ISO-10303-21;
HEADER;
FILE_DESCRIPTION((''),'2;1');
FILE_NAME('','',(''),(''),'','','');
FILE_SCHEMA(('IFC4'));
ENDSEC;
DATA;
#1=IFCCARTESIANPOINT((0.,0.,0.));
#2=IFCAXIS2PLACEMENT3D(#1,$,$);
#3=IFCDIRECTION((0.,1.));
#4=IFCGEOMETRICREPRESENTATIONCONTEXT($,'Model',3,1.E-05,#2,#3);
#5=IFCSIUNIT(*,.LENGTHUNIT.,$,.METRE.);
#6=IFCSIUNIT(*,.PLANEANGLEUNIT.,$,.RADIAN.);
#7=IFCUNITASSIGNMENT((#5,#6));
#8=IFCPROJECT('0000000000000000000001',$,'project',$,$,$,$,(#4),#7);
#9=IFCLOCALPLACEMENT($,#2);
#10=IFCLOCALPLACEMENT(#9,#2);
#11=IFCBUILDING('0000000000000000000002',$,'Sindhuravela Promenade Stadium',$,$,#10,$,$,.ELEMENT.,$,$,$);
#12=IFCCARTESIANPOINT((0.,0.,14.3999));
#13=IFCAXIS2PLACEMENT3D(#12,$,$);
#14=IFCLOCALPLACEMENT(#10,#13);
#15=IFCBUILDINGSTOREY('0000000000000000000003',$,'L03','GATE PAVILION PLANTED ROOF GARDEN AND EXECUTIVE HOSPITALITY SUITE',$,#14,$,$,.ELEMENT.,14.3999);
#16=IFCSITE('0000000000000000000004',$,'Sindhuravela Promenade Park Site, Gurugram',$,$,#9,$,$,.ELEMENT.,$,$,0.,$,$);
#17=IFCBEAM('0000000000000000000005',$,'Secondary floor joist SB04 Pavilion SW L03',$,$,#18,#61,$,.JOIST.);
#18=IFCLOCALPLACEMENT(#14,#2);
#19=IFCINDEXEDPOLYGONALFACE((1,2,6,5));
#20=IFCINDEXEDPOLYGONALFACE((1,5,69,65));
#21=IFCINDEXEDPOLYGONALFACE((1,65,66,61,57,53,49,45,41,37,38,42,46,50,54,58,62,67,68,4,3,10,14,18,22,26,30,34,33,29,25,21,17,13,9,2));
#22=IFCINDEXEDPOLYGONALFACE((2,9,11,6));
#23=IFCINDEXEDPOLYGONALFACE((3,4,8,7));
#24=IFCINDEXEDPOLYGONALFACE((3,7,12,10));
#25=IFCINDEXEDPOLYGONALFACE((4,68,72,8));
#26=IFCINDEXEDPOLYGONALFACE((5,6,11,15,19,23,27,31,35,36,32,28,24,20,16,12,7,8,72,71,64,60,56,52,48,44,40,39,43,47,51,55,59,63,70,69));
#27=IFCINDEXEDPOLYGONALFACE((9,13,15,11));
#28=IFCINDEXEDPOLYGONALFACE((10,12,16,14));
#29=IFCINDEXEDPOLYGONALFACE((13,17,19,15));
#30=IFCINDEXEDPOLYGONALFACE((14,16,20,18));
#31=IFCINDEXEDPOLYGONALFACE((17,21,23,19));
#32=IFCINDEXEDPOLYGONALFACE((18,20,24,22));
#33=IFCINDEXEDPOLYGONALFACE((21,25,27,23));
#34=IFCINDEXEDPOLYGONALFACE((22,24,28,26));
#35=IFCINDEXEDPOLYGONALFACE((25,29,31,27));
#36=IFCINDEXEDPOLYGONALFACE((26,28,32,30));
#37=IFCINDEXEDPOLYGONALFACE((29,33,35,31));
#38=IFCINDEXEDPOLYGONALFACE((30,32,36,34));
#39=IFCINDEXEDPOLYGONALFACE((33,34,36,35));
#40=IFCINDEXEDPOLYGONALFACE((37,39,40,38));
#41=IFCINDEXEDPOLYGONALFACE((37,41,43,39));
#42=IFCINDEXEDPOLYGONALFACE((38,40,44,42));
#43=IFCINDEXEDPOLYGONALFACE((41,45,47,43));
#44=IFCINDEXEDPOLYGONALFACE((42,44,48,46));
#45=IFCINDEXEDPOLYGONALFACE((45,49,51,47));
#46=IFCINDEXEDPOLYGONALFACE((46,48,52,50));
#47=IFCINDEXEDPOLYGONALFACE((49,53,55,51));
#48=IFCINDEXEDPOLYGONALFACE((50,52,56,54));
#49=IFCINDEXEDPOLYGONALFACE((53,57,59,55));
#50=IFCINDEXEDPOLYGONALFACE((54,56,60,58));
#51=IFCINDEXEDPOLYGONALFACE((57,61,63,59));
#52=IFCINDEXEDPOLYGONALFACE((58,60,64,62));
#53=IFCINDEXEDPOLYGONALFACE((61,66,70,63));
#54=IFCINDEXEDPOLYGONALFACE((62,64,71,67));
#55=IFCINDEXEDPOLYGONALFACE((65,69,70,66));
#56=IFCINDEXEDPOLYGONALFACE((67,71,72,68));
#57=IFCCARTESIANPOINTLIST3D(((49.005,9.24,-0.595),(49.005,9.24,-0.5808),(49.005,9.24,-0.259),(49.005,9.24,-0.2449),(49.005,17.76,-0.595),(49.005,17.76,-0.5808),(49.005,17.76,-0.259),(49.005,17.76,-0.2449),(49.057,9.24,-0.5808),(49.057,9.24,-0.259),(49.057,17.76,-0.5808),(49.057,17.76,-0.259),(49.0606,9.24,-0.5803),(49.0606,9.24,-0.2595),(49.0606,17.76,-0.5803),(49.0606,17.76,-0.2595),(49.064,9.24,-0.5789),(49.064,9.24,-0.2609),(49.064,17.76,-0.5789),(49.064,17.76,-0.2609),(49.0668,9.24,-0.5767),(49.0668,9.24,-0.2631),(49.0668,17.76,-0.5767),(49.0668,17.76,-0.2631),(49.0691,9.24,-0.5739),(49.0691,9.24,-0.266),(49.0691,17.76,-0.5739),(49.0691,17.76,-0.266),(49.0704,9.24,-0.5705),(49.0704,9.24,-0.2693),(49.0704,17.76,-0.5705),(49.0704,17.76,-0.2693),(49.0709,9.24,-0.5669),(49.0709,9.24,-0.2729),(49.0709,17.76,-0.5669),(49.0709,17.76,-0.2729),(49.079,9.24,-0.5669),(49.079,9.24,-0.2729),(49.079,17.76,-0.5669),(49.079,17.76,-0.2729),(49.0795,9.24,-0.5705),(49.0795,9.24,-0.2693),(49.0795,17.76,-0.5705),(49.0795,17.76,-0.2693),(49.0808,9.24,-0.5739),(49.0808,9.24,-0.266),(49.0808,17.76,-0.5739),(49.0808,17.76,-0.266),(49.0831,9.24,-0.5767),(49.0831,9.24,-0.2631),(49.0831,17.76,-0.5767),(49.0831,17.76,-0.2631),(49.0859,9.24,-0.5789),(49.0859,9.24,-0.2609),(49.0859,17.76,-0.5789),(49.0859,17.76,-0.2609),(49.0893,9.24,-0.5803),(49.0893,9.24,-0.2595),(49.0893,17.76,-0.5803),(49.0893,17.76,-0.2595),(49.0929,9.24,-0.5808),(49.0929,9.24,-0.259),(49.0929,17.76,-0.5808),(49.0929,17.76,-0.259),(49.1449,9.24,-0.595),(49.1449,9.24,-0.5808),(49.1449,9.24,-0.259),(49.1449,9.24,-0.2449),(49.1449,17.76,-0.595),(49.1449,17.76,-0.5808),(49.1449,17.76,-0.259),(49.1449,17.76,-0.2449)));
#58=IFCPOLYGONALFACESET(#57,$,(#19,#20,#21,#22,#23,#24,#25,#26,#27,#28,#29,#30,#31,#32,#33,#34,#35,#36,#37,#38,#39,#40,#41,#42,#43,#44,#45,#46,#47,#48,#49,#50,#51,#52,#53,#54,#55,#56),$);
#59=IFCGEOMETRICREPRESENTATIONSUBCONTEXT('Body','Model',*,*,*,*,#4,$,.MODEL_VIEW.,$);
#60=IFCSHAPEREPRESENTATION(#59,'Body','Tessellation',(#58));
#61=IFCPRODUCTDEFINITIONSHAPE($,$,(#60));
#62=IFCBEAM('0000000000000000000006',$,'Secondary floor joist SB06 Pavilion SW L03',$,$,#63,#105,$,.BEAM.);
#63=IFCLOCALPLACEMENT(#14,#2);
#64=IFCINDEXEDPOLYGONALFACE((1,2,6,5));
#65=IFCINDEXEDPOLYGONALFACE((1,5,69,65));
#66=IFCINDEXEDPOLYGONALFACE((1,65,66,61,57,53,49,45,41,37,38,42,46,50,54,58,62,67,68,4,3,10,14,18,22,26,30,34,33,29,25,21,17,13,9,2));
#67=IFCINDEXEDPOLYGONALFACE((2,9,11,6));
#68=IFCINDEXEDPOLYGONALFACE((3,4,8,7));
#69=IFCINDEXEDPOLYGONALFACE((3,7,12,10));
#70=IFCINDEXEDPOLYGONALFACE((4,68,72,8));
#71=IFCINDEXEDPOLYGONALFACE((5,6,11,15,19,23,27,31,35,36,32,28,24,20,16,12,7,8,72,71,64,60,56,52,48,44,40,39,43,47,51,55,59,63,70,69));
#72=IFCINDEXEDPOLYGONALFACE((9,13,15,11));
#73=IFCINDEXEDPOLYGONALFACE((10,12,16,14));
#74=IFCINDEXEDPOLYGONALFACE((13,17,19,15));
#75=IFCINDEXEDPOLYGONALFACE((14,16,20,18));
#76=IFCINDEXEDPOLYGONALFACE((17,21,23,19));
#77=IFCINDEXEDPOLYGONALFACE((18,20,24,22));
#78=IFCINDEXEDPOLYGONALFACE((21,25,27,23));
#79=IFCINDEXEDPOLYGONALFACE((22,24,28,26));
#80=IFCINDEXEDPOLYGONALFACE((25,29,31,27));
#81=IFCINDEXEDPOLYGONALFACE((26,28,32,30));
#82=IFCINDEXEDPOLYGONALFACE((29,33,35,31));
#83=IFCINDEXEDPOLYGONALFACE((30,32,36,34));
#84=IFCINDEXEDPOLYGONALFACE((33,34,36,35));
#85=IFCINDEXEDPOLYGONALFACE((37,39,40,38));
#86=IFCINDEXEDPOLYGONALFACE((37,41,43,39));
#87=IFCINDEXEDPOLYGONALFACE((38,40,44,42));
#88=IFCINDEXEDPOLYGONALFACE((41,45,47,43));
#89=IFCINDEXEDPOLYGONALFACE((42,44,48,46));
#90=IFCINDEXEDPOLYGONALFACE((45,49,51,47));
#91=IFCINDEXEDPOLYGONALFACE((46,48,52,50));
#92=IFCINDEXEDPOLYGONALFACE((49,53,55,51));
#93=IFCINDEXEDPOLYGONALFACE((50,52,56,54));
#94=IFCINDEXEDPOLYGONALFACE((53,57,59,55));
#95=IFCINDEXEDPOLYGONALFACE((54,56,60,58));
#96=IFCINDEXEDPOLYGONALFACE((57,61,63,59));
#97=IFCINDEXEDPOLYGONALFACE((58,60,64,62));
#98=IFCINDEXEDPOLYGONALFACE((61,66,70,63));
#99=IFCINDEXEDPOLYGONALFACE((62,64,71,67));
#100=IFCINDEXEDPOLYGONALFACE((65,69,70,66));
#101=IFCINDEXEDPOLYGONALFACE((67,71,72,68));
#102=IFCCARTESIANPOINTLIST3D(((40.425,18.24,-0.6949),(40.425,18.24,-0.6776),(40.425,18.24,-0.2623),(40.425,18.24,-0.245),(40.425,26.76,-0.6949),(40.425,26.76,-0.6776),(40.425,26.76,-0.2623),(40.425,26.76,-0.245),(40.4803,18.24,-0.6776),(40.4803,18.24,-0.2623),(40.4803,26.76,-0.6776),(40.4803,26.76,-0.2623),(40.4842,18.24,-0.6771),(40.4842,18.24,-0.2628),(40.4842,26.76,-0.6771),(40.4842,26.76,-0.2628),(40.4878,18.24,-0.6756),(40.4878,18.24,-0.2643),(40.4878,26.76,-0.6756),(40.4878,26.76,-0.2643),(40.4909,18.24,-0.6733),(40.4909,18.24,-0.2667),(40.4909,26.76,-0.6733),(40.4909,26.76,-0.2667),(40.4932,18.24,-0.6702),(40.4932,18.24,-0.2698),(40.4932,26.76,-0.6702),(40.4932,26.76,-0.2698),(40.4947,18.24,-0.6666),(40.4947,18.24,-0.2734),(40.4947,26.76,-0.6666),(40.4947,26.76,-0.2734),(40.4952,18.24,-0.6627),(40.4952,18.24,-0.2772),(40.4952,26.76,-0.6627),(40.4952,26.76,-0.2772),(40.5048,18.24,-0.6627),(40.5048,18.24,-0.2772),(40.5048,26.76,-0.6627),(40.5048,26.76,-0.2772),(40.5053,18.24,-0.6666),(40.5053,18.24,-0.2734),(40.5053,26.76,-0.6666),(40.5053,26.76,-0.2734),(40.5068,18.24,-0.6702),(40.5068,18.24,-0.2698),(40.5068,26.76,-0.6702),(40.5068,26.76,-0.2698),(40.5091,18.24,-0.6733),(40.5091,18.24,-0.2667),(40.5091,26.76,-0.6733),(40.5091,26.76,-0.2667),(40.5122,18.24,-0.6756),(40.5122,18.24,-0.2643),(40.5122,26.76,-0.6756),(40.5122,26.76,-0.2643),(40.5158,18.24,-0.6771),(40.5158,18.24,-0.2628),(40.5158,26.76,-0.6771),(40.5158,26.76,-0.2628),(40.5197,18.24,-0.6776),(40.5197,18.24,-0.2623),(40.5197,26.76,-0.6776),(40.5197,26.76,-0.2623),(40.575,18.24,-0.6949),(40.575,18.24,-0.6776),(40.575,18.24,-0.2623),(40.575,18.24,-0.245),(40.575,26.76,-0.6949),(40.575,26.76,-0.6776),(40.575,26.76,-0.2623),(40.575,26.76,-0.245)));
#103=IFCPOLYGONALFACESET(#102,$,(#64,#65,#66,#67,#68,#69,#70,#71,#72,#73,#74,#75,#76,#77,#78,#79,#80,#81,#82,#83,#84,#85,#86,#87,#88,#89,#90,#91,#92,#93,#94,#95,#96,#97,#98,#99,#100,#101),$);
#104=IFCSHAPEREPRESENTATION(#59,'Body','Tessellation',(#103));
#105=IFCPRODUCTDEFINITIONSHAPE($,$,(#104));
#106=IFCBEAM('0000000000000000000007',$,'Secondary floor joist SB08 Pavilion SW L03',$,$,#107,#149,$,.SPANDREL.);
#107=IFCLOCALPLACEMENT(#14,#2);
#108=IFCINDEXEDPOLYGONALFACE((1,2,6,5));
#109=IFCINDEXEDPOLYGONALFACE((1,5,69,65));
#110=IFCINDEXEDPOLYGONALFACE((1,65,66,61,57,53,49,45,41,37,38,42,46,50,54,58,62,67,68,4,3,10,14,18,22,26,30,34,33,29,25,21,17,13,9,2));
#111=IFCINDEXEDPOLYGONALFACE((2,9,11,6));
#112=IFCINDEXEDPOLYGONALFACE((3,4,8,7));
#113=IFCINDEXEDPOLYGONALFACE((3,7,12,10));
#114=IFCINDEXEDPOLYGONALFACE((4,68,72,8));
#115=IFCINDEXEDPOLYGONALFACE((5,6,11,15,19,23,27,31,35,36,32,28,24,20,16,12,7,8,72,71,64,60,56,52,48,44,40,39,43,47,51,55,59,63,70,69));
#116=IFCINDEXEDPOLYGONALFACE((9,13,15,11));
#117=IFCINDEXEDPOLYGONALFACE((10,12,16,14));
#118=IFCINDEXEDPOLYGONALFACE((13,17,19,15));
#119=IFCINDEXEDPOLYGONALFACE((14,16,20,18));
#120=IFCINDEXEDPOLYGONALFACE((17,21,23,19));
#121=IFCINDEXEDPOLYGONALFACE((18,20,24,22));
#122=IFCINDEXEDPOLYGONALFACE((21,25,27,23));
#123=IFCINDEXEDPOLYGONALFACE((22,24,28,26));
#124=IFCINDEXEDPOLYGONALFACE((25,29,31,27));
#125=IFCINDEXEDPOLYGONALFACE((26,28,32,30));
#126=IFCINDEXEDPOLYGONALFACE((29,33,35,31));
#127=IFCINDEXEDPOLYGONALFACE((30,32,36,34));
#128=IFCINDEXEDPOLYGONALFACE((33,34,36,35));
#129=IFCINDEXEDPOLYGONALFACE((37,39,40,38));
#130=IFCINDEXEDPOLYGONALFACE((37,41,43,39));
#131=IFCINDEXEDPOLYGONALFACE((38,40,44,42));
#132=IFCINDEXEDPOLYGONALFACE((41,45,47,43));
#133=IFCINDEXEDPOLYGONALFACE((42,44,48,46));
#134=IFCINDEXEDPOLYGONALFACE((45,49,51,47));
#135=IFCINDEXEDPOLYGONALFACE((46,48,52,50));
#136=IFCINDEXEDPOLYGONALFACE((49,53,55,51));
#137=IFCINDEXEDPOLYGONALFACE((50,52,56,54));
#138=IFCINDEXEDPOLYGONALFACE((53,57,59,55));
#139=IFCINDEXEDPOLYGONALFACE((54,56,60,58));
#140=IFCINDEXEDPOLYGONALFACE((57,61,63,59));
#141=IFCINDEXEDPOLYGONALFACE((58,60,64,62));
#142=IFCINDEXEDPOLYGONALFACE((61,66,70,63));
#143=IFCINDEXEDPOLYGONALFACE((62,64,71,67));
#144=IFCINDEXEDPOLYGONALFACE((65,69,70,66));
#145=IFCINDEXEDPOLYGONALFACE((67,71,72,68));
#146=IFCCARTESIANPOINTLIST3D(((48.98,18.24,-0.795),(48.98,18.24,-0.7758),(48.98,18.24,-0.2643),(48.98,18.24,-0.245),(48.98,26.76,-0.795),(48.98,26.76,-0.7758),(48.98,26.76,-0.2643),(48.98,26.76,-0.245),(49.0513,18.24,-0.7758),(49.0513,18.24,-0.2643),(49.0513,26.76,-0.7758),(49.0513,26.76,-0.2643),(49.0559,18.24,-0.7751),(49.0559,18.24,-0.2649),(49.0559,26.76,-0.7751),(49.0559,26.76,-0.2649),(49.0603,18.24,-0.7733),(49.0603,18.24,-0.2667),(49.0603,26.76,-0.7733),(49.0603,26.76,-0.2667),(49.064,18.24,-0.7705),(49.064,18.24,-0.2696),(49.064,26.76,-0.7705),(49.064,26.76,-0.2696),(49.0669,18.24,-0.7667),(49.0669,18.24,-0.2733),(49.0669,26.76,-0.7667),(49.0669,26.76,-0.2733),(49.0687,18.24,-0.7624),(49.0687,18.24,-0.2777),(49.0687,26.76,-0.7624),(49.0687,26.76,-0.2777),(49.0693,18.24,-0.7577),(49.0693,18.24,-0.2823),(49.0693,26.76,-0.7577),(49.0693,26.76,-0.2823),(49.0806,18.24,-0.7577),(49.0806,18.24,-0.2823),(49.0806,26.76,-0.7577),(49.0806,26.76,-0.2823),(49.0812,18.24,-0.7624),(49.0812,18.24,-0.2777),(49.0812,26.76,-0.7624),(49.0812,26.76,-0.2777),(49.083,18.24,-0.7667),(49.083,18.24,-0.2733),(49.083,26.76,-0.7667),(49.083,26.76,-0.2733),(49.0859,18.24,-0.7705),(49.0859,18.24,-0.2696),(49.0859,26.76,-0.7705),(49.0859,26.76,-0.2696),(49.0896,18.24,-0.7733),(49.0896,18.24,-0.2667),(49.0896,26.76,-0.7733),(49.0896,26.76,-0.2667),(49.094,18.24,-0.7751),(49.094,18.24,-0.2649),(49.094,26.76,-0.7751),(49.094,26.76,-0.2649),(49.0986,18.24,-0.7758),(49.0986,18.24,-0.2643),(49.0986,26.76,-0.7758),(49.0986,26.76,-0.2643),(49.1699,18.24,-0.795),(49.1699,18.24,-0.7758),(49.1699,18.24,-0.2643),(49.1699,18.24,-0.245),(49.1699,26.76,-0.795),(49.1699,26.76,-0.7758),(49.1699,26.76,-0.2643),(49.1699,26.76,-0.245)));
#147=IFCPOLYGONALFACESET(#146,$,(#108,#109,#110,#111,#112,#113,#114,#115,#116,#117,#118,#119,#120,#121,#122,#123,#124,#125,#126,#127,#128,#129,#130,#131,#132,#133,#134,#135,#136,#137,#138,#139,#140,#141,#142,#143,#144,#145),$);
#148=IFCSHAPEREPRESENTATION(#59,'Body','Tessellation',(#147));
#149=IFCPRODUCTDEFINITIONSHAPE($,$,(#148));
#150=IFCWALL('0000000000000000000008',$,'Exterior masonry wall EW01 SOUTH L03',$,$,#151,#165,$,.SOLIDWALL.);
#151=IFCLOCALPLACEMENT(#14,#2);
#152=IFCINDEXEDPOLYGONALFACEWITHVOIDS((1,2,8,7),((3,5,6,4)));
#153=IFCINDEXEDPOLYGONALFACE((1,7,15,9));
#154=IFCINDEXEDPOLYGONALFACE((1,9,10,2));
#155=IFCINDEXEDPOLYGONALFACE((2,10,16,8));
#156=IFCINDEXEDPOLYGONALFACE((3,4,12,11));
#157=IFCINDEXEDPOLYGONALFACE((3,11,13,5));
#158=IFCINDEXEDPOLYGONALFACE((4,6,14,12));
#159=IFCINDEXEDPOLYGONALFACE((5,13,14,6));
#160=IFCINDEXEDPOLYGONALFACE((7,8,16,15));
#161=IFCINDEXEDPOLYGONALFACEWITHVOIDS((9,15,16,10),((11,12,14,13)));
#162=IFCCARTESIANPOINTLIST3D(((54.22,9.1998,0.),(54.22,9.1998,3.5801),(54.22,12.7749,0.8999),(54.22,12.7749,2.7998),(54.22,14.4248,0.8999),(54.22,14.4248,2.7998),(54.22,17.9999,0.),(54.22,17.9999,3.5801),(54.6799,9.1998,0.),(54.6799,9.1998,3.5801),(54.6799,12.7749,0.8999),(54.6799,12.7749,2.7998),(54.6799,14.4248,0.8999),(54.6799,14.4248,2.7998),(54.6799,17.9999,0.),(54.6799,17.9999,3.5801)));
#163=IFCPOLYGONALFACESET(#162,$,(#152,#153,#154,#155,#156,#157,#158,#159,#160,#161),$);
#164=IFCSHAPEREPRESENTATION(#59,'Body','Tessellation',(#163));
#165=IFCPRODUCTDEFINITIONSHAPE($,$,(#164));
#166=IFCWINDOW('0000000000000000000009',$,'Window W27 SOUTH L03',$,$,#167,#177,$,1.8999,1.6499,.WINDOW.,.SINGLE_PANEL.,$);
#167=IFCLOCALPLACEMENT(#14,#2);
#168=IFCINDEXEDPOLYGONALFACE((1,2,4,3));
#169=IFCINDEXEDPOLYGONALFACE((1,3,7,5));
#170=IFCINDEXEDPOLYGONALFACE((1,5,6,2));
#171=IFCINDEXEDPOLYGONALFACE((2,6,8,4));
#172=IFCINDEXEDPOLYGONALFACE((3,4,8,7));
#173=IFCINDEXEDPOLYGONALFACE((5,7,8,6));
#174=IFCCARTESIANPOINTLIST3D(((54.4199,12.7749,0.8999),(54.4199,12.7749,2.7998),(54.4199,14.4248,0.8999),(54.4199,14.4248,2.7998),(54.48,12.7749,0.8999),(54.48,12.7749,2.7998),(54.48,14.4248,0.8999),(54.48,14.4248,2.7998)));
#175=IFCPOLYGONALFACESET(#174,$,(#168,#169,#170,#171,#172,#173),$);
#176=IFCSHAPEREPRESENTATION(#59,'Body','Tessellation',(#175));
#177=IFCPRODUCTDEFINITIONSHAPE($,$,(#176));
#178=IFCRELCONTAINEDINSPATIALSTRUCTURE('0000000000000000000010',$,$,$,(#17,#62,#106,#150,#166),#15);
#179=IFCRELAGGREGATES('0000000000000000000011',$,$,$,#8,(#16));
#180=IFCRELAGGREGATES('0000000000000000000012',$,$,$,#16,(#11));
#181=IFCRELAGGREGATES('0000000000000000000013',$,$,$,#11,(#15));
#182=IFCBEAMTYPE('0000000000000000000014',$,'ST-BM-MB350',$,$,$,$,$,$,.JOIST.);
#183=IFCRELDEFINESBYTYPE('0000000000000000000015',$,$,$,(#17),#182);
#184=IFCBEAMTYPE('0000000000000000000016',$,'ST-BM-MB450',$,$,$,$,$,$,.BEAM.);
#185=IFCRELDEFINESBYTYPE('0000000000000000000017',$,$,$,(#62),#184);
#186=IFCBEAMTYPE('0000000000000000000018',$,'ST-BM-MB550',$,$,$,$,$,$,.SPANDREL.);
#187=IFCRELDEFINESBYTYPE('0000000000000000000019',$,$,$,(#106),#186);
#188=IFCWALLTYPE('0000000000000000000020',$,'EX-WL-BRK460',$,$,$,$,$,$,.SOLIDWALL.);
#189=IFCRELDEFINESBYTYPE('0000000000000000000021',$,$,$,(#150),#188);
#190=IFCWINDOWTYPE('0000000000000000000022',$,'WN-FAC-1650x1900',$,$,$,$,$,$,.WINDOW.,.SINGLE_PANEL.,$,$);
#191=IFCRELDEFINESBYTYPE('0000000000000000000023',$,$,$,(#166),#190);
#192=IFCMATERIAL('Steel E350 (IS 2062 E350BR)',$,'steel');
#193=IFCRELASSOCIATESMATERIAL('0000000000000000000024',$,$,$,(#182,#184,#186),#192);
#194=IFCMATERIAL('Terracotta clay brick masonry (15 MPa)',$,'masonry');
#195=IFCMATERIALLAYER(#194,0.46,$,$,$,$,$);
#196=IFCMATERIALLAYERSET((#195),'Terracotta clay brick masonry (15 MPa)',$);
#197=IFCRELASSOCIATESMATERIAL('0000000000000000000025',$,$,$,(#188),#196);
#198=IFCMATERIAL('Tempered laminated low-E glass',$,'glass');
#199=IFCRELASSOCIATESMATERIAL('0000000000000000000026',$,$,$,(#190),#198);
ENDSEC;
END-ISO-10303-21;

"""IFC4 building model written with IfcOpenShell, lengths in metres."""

from ifc_helpers import new_model, si_unit, direction, frame, frame_2d, origin, origin_2d, place, context, subcontext, project, spatial, rectangle, i_section, extrude, material, layer, layer_set, material_profile, profile_set, type_object, element, fill, save


model = new_model("IFC4")

# Units and contexts
model_context = context("Model", 3, precision=1e-05, world=origin(), true_north=direction((0.0, 1.0)))
body_context = subcontext(model_context, "Body", "Model", "MODEL_VIEW")
ifc_project = project(units=[si_unit("LENGTHUNIT", "METRE"), si_unit("PLANEANGLEUNIT", "RADIAN")], contexts=[model_context])

# Site, building, storey
site_placement = place(None, origin())
site = spatial("IfcSite", under=ifc_project, at=site_placement, Name="Sindhuravela Promenade Park Site, Gurugram", CompositionType="ELEMENT", RefElevation=0.0)
building_placement = place(site_placement, origin())
building = spatial("IfcBuilding", under=site, at=building_placement, Name="Sindhuravela Promenade Stadium", CompositionType="ELEMENT")
storey_placement = place(building_placement, frame((0.0, 0.0, 14.3999)))
storey = spatial("IfcBuildingStorey", under=building, at=storey_placement, Name="L03", Description="GATE PAVILION PLANTED ROOF GARDEN AND EXECUTIVE HOSPITALITY SUITE", CompositionType="ELEMENT", Elevation=14.3999)

# Beams
ifc_material_1 = material(Name="Steel E350 (IS 2062 E350BR)", Category="steel")
ifc_material_profile_1 = material_profile(ifc_material_1, i_section(OverallWidth=0.1399, OverallDepth=0.3501, WebThickness=0.0081, FlangeThickness=0.0142, FilletRadius=0.0139, at=origin_2d()), Name="ISMB 350")
ifc_profile_set_1 = profile_set([ifc_material_profile_1], Name="Steel E350 (IS 2062 E350BR)")
beam_type_1 = type_object("IfcBeamType", Name="ST-BM-MB350", PredefinedType="JOIST", material=ifc_profile_set_1)
beam_1_placement = place(storey_placement, frame((49.075, 9.24, -0.4199), z_axis=(0.0, 1.0, 0.0), x_axis=(-1.0, 0.0, 0.0)))
element("IfcBeam", 1, at=beam_1_placement, inside=storey, type_object=beam_type_1, Name="Secondary floor joist SB04 Pavilion SW L03", PredefinedType="JOIST", context=body_context, shape_type="SweptSolid", body=[
    extrude(i_section(OverallWidth=0.1399, OverallDepth=0.3501, WebThickness=0.0081, FlangeThickness=0.0142, FilletRadius=0.0139, at=origin_2d()), origin(), (0.0, 0.0, 1.0), 8.52),
])
ifc_material_profile_2 = material_profile(ifc_material_1, i_section(OverallWidth=0.1499, OverallDepth=0.45, WebThickness=0.0095, FlangeThickness=0.0173, FilletRadius=0.0149, at=origin_2d()), Name="ISMB 450")
ifc_profile_set_2 = profile_set([ifc_material_profile_2], Name="Steel E350 (IS 2062 E350BR)")
beam_type_2 = type_object("IfcBeamType", Name="ST-BM-MB450", PredefinedType="BEAM", material=ifc_profile_set_2)
beam_2_placement = place(storey_placement, frame((40.5, 18.24, -0.47), z_axis=(0.0, 1.0, 0.0), x_axis=(-1.0, 0.0, 0.0)))
element("IfcBeam", 2, at=beam_2_placement, inside=storey, type_object=beam_type_2, Name="Secondary floor joist SB06 Pavilion SW L03", PredefinedType="BEAM", context=body_context, shape_type="SweptSolid", body=[
    extrude(i_section(OverallWidth=0.1499, OverallDepth=0.45, WebThickness=0.0095, FlangeThickness=0.0173, FilletRadius=0.0149, at=origin_2d()), origin(), (0.0, 0.0, 1.0), 8.52),
])
ifc_material_profile_3 = material_profile(ifc_material_1, i_section(OverallWidth=0.1899, OverallDepth=0.55, WebThickness=0.0112, FlangeThickness=0.0193, FilletRadius=0.0181, at=origin_2d()), Name="ISMB 550")
ifc_profile_set_3 = profile_set([ifc_material_profile_3], Name="Steel E350 (IS 2062 E350BR)")
beam_type_3 = type_object("IfcBeamType", Name="ST-BM-MB550", PredefinedType="SPANDREL", material=ifc_profile_set_3)
beam_3_placement = place(storey_placement, frame((49.075, 18.24, -0.52), z_axis=(0.0, 1.0, 0.0), x_axis=(-1.0, 0.0, 0.0)))
element("IfcBeam", 3, at=beam_3_placement, inside=storey, type_object=beam_type_3, Name="Secondary floor joist SB08 Pavilion SW L03", PredefinedType="SPANDREL", context=body_context, shape_type="SweptSolid", body=[
    extrude(i_section(OverallWidth=0.1899, OverallDepth=0.55, WebThickness=0.0112, FlangeThickness=0.0193, FilletRadius=0.0181, at=origin_2d()), origin(), (0.0, 0.0, 1.0), 8.52),
])

# Wall, opening, window
ifc_material_2 = material(Name="Terracotta clay brick masonry (15 MPa)", Category="masonry")
ifc_layer_1 = layer(ifc_material_2, 0.46)
ifc_layer_set_1 = layer_set([ifc_layer_1], Name="Terracotta clay brick masonry (15 MPa)")
wall_type_1 = type_object("IfcWallType", Name="EX-WL-BRK460", PredefinedType="SOLIDWALL", material=ifc_layer_set_1)
wall_1_placement = place(storey_placement, frame((54.45, 9.2, 0.0), z_axis=(0.0, 0.0, 1.0), x_axis=(0.0, 1.0, 0.0)))
wall_1 = element("IfcWall", 4, at=wall_1_placement, inside=storey, type_object=wall_type_1, Name="Exterior masonry wall EW01 SOUTH L03", PredefinedType="SOLIDWALL", context=body_context, shape_type="SweptSolid", body=[
    extrude(rectangle(XDim=8.8, YDim=0.46, at=frame_2d((4.3999, 0.0))), origin(), (0.0, 0.0, 1.0), 3.5801),
])
opening_placement = place(wall_1_placement, frame((3.575, 0.0, 0.8999)))
opening = element("IfcOpeningElement", 5, at=opening_placement, cuts=wall_1, PredefinedType="OPENING", context=body_context, shape_type="SweptSolid", body=[
    extrude(rectangle(XDim=1.6499, YDim=1.8999, at=frame_2d((0.825, 0.95))), frame((0.0, 0.24, 0.0), z_axis=(0.0, -1.0, 0.0), x_axis=(1.0, 0.0, 0.0)), (0.0, 0.0, 1.0), 0.48),
])
ifc_material_3 = material(Name="Tempered laminated low-E glass", Category="glass")
window_type = type_object("IfcWindowType", Name="WN-FAC-1650x1900", PartitioningType="SINGLE_PANEL", PredefinedType="WINDOW", material=ifc_material_3)
window_placement = place(opening_placement, origin())
window = element("IfcWindow", 6, at=window_placement, inside=storey, type_object=window_type, Name="Window W27 SOUTH L03", OverallHeight=1.8999, OverallWidth=1.6499, PartitioningType="SINGLE_PANEL", PredefinedType="WINDOW", context=body_context, shape_type="SweptSolid", body=[
    extrude(rectangle(XDim=1.6499, YDim=1.8999, at=frame_2d((0.825, 0.95))), frame((0.0, 0.03, 0.0), z_axis=(0.0, -1.0, 0.0), x_axis=(1.0, 0.0, 0.0)), (0.0, 0.0, 1.0), 0.0601),
])
fill(opening, window)

save(model, "model.ifc")
